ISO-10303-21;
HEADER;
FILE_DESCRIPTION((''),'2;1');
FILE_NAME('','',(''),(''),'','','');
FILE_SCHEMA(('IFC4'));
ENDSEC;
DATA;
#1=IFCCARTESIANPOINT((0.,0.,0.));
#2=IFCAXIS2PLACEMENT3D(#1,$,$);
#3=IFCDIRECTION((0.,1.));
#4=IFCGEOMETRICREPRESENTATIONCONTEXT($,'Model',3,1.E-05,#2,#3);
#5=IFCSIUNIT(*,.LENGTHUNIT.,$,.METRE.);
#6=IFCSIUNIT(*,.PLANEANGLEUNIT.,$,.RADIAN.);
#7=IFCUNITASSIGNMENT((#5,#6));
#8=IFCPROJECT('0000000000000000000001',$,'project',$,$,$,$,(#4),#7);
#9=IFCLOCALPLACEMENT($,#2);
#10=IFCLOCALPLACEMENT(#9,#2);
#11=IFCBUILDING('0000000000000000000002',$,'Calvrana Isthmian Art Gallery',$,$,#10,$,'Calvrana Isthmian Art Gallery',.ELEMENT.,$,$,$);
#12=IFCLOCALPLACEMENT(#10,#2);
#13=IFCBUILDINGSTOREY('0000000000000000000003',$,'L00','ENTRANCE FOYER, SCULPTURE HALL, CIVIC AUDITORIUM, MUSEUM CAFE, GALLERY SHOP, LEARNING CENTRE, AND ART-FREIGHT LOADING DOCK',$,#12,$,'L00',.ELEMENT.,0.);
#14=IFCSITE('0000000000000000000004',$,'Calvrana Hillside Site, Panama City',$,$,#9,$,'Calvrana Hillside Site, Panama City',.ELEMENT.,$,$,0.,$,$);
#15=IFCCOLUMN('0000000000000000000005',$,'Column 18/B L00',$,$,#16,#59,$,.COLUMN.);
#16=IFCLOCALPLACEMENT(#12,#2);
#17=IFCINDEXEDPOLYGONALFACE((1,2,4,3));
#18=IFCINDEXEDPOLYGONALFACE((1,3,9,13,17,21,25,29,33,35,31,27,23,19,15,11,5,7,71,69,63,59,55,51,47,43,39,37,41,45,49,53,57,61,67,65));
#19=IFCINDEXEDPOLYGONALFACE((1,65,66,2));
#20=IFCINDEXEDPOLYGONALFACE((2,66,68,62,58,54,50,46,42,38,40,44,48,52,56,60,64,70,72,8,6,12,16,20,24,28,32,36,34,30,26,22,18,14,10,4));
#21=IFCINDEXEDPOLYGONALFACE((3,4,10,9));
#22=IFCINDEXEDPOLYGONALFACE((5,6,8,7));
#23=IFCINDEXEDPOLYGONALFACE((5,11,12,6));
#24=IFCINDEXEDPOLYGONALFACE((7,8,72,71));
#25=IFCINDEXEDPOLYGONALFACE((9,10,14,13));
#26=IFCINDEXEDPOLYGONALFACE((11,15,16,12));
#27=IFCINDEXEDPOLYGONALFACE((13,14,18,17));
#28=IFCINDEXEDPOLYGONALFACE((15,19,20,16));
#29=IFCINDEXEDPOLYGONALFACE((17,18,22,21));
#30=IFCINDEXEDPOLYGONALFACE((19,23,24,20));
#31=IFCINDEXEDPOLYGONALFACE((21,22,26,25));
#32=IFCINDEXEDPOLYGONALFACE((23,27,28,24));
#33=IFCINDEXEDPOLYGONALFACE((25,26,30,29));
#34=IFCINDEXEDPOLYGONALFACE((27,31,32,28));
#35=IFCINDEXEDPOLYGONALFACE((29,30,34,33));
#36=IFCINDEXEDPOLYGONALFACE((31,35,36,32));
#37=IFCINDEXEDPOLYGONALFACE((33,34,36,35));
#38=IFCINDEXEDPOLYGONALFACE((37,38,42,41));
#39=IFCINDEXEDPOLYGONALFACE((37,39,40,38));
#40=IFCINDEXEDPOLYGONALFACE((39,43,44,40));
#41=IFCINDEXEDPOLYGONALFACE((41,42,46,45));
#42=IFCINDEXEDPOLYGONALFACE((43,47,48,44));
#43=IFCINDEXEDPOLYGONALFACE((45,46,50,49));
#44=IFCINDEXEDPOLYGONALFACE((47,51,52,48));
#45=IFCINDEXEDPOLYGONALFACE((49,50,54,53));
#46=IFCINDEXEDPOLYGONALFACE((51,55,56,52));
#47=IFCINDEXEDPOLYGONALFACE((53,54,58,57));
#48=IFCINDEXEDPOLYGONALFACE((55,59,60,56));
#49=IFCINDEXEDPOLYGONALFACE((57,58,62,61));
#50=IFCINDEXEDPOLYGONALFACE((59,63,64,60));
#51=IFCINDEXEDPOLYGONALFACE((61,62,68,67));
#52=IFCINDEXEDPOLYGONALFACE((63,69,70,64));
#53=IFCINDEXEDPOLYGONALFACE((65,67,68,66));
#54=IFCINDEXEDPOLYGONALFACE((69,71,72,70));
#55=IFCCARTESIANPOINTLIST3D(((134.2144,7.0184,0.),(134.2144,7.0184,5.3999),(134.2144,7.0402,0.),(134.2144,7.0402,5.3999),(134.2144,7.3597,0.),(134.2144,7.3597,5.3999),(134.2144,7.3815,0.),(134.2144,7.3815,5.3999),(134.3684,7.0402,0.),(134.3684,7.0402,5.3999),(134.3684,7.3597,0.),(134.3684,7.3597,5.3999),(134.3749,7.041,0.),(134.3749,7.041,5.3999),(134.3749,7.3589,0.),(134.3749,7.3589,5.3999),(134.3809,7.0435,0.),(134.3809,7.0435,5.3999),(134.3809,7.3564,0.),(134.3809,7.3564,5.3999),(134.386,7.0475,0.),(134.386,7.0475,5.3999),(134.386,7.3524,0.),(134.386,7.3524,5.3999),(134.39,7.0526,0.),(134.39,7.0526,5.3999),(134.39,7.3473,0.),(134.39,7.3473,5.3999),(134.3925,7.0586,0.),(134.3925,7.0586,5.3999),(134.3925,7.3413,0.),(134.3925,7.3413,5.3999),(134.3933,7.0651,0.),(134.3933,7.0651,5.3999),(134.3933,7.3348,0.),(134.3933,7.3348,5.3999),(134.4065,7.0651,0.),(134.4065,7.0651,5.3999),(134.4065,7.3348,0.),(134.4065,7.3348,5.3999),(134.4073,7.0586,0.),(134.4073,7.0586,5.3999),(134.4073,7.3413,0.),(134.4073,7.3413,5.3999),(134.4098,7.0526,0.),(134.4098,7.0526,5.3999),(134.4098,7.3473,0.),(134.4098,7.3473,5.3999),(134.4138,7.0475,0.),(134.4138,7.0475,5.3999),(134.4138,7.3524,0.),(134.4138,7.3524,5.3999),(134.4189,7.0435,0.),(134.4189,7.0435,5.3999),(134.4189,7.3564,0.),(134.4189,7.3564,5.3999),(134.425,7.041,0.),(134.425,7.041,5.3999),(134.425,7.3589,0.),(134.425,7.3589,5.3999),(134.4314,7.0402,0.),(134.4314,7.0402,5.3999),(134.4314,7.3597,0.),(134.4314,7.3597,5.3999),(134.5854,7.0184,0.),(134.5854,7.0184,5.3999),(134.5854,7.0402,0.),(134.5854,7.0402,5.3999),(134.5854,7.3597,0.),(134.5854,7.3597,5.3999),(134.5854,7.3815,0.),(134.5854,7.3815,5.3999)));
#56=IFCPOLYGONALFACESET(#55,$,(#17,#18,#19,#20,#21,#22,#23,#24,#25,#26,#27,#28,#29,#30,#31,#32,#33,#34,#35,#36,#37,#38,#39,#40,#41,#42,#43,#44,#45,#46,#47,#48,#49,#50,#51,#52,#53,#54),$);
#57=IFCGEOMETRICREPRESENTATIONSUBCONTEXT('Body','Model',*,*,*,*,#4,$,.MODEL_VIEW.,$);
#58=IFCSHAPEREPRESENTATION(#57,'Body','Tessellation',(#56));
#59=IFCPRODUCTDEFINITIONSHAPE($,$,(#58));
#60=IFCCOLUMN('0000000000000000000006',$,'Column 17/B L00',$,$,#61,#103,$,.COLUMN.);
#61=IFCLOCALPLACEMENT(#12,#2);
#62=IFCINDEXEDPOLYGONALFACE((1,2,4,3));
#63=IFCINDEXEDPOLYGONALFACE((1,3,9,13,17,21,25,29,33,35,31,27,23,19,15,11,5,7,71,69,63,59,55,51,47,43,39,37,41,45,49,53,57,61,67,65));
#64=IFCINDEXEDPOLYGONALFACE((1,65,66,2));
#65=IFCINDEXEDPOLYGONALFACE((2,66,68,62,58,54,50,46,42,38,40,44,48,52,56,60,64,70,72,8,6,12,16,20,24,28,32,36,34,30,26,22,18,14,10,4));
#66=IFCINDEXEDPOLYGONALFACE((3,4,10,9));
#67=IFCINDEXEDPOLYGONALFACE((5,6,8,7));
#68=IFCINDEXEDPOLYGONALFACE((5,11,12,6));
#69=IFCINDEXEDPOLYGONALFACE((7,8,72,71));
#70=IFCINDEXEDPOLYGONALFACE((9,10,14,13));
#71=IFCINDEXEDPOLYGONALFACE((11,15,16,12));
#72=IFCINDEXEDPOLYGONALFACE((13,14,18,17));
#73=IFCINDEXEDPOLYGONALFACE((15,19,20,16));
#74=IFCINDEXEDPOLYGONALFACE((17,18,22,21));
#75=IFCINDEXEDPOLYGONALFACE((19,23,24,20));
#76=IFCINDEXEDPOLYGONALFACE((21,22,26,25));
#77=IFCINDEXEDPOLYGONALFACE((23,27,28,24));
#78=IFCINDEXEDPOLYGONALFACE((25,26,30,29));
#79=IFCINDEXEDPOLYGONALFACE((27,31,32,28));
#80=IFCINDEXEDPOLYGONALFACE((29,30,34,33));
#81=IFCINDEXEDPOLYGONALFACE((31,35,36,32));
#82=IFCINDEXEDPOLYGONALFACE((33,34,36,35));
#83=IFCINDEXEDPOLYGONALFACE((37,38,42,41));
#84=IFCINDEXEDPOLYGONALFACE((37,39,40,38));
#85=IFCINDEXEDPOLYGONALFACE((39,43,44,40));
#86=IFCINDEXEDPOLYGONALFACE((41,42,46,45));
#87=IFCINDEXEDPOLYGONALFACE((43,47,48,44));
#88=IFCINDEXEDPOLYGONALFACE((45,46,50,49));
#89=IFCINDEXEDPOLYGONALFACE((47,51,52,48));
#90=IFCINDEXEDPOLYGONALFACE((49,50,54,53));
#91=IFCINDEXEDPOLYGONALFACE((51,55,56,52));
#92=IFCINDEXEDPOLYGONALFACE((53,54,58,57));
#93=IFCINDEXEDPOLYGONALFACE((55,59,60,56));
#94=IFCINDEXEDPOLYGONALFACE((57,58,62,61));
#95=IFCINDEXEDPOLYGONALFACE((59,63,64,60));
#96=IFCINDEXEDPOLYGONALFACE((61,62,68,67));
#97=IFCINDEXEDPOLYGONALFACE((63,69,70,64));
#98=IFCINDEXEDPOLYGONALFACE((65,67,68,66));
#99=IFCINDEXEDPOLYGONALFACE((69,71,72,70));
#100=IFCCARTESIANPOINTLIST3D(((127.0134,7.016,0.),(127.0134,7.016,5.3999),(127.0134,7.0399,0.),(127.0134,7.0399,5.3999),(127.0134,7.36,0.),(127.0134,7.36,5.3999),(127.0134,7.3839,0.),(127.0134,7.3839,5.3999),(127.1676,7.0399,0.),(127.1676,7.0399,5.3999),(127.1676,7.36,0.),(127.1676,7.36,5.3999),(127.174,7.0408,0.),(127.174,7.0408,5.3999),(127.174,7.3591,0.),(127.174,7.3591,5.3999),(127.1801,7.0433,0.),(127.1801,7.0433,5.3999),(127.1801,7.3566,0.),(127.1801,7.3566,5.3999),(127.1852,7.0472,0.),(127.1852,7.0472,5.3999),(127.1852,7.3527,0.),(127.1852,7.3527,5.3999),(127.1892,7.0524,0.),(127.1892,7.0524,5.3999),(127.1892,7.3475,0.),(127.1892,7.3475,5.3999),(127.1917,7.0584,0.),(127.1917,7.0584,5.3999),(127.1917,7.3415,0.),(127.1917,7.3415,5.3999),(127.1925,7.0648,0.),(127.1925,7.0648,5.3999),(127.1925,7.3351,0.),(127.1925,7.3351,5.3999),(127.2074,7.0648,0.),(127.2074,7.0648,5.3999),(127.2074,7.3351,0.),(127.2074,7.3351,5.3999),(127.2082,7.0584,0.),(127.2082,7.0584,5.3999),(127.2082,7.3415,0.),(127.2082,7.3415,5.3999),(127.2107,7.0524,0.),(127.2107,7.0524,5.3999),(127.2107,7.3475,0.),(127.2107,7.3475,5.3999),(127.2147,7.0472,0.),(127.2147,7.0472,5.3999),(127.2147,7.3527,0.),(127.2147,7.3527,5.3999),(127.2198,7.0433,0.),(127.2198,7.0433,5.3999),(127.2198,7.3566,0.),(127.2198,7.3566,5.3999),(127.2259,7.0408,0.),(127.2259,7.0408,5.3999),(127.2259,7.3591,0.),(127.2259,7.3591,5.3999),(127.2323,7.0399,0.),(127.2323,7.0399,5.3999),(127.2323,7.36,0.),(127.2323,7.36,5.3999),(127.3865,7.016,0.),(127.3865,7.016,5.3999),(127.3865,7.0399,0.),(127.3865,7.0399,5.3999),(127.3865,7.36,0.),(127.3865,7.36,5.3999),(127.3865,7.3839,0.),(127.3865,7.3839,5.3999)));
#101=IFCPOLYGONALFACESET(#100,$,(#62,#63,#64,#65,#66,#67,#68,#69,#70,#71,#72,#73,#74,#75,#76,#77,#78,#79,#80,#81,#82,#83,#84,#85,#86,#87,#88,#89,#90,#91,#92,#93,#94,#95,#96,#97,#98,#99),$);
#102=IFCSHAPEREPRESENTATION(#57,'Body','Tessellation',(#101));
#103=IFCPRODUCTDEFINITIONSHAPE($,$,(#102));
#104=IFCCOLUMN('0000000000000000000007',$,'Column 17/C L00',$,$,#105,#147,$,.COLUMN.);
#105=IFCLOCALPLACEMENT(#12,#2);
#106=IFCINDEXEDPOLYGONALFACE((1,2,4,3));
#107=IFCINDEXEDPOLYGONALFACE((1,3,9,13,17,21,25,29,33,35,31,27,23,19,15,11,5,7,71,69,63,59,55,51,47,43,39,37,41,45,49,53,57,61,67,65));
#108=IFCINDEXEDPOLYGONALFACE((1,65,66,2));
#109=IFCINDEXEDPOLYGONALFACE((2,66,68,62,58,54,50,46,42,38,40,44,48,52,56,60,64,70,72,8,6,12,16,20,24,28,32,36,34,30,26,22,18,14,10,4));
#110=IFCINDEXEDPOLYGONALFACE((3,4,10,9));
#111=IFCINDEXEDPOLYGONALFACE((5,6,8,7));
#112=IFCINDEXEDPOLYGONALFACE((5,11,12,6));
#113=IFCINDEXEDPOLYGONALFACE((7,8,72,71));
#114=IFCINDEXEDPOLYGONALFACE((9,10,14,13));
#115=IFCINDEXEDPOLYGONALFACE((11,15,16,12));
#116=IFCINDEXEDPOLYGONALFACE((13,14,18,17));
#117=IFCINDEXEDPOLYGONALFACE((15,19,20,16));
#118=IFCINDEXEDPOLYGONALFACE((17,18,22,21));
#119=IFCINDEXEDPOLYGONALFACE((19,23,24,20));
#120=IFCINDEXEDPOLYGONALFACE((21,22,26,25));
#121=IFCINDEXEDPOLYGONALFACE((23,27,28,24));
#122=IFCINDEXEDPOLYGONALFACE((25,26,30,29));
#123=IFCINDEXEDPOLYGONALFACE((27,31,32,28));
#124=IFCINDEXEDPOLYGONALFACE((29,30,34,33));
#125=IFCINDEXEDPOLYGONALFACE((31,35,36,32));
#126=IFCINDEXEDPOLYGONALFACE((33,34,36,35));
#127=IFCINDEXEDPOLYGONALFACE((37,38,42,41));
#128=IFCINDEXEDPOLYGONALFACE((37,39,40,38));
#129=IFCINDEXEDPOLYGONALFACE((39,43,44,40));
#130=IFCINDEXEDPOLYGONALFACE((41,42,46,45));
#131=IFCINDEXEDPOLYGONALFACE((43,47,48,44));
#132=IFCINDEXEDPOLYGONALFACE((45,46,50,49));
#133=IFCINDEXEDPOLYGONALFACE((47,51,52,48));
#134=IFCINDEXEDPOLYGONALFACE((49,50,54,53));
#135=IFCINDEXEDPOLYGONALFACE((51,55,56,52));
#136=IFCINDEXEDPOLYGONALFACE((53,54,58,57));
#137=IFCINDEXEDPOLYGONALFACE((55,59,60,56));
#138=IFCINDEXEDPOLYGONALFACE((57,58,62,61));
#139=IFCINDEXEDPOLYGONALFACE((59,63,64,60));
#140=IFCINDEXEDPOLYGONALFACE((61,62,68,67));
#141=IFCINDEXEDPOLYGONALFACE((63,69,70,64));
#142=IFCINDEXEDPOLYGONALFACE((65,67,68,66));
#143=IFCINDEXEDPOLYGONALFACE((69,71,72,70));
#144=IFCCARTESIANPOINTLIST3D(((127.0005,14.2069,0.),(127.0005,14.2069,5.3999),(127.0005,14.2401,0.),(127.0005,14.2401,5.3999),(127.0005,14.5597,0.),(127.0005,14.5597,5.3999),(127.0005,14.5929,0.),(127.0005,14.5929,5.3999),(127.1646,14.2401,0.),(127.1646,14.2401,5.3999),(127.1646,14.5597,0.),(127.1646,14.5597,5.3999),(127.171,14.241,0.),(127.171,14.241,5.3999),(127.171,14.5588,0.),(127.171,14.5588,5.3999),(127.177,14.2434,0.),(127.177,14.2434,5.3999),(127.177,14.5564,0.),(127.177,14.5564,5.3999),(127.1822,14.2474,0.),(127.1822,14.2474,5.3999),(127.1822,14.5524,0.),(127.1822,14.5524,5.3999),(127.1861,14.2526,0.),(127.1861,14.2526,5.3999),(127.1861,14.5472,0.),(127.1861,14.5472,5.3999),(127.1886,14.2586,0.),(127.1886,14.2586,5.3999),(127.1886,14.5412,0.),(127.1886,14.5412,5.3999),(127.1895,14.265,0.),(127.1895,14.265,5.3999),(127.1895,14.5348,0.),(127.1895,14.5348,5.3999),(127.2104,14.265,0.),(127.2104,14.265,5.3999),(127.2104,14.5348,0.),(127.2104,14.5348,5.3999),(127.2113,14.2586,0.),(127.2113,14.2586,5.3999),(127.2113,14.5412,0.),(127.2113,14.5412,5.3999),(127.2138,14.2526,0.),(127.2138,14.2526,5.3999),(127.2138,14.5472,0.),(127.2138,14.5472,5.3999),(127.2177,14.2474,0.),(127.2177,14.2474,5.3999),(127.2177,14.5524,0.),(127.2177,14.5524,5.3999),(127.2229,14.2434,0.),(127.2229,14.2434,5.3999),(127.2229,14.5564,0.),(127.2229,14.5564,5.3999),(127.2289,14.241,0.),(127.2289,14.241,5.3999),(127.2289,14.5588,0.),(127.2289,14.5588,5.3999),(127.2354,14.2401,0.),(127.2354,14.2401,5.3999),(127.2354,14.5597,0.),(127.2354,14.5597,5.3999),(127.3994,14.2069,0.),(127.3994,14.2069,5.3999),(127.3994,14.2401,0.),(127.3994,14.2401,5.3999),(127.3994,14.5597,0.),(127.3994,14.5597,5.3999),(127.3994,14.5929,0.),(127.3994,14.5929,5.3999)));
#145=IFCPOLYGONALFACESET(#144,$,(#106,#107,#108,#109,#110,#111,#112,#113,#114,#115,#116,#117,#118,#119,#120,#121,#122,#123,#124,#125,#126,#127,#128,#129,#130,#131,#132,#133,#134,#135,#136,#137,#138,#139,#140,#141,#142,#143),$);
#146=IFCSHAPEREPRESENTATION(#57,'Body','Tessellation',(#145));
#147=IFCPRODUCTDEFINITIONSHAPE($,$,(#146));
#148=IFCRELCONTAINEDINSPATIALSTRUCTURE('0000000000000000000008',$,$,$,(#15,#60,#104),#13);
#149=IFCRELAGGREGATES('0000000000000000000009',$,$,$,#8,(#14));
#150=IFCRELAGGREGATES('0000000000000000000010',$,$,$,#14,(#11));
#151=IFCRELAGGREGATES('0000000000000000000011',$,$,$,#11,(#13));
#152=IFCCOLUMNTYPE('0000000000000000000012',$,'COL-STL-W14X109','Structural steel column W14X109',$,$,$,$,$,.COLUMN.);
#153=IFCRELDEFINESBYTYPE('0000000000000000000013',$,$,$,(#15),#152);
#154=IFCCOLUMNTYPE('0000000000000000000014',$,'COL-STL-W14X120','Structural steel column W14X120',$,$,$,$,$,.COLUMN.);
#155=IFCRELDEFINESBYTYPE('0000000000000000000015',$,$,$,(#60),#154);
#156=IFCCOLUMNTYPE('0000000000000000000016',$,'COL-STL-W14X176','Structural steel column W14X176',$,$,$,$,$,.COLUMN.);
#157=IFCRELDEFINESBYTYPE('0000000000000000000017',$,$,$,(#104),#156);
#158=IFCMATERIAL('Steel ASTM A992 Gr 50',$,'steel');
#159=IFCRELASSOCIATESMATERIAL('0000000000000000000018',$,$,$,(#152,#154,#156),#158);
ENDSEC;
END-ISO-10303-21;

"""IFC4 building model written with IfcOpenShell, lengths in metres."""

from ifc_helpers import new_model, si_unit, direction, frame, origin, origin_2d, place, context, subcontext, project, spatial, i_section, extrude, material, material_profile, profile_set, type_object, element, save


model = new_model("IFC4")

# Units and contexts
model_context = context("Model", 3, precision=1e-05, world=origin(), true_north=direction((0.0, 1.0)))
body_context = subcontext(model_context, "Body", "Model", "MODEL_VIEW")
ifc_project = project(units=[si_unit("LENGTHUNIT", "METRE"), si_unit("PLANEANGLEUNIT", "RADIAN")], contexts=[model_context])

# Site, building, storey
site_placement = place(None, origin())
site = spatial("IfcSite", under=ifc_project, at=site_placement, Name="Calvrana Hillside Site, Panama City", LongName="Calvrana Hillside Site, Panama City", CompositionType="ELEMENT", RefElevation=0.0)
building_placement = place(site_placement, origin())
building = spatial("IfcBuilding", under=site, at=building_placement, Name="Calvrana Isthmian Art Gallery", LongName="Calvrana Isthmian Art Gallery", CompositionType="ELEMENT")
storey_placement = place(building_placement, origin())
storey = spatial("IfcBuildingStorey", under=building, at=storey_placement, Name="L00", Description="ENTRANCE FOYER, SCULPTURE HALL, CIVIC AUDITORIUM, MUSEUM CAFE, GALLERY SHOP, LEARNING CENTRE, AND ART-FREIGHT LOADING DOCK", LongName="L00", CompositionType="ELEMENT", Elevation=0.0)

# Columns
ifc_material_1 = material(Name="Steel ASTM A992 Gr 50", Category="steel")
ifc_material_profile_1 = material_profile(ifc_material_1, i_section(OverallWidth=0.3711, OverallDepth=0.363, WebThickness=0.0132, FlangeThickness=0.0217, FilletRadius=0.0249, at=origin_2d()), Name="W14X109")
ifc_profile_set_1 = profile_set([ifc_material_profile_1], Name="Steel ASTM A992 Gr 50")
column_type_1 = type_object("IfcColumnType", Name="COL-STL-W14X109", Description="Structural steel column W14X109", PredefinedType="COLUMN", material=ifc_profile_set_1)
column_1_placement = place(storey_placement, frame((134.3999, 7.2, 0.0), z_axis=(0.0, 0.0, 1.0), x_axis=(1.0, 0.0, 0.0)))
element("IfcColumn", 1, at=column_1_placement, inside=storey, type_object=column_type_1, Name="Column 18/B L00", PredefinedType="COLUMN", context=body_context, shape_type="SweptSolid", body=[
    extrude(i_section(OverallWidth=0.3711, OverallDepth=0.363, WebThickness=0.0132, FlangeThickness=0.0217, FilletRadius=0.0249, at=origin_2d()), origin(), (0.0, 0.0, 1.0), 5.3999),
])
ifc_material_profile_2 = material_profile(ifc_material_1, i_section(OverallWidth=0.373, OverallDepth=0.3679, WebThickness=0.0149, FlangeThickness=0.0239, FilletRadius=0.0249, at=origin_2d()), Name="W14X120")
ifc_profile_set_2 = profile_set([ifc_material_profile_2], Name="Steel ASTM A992 Gr 50")
column_type_2 = type_object("IfcColumnType", Name="COL-STL-W14X120", Description="Structural steel column W14X120", PredefinedType="COLUMN", material=ifc_profile_set_2)
column_2_placement = place(storey_placement, frame((127.2, 7.2, 0.0), z_axis=(0.0, 0.0, 1.0), x_axis=(1.0, 0.0, 0.0)))
element("IfcColumn", 2, at=column_2_placement, inside=storey, type_object=column_type_2, Name="Column 17/B L00", PredefinedType="COLUMN", context=body_context, shape_type="SweptSolid", body=[
    extrude(i_section(OverallWidth=0.373, OverallDepth=0.3679, WebThickness=0.0149, FlangeThickness=0.0239, FilletRadius=0.0249, at=origin_2d()), origin(), (0.0, 0.0, 1.0), 5.3999),
])
ifc_material_profile_3 = material_profile(ifc_material_1, i_section(OverallWidth=0.3989, OverallDepth=0.386, WebThickness=0.021, FlangeThickness=0.0332, FilletRadius=0.0249, at=origin_2d()), Name="W14X176")
ifc_profile_set_3 = profile_set([ifc_material_profile_3], Name="Steel ASTM A992 Gr 50")
column_type_3 = type_object("IfcColumnType", Name="COL-STL-W14X176", Description="Structural steel column W14X176", PredefinedType="COLUMN", material=ifc_profile_set_3)
column_3_placement = place(storey_placement, frame((127.2, 14.3999, 0.0), z_axis=(0.0, 0.0, 1.0), x_axis=(1.0, 0.0, 0.0)))
element("IfcColumn", 3, at=column_3_placement, inside=storey, type_object=column_type_3, Name="Column 17/C L00", PredefinedType="COLUMN", context=body_context, shape_type="SweptSolid", body=[
    extrude(i_section(OverallWidth=0.3989, OverallDepth=0.386, WebThickness=0.021, FlangeThickness=0.0332, FilletRadius=0.0249, at=origin_2d()), origin(), (0.0, 0.0, 1.0), 5.3999),
])

save(model, "model.ifc")
